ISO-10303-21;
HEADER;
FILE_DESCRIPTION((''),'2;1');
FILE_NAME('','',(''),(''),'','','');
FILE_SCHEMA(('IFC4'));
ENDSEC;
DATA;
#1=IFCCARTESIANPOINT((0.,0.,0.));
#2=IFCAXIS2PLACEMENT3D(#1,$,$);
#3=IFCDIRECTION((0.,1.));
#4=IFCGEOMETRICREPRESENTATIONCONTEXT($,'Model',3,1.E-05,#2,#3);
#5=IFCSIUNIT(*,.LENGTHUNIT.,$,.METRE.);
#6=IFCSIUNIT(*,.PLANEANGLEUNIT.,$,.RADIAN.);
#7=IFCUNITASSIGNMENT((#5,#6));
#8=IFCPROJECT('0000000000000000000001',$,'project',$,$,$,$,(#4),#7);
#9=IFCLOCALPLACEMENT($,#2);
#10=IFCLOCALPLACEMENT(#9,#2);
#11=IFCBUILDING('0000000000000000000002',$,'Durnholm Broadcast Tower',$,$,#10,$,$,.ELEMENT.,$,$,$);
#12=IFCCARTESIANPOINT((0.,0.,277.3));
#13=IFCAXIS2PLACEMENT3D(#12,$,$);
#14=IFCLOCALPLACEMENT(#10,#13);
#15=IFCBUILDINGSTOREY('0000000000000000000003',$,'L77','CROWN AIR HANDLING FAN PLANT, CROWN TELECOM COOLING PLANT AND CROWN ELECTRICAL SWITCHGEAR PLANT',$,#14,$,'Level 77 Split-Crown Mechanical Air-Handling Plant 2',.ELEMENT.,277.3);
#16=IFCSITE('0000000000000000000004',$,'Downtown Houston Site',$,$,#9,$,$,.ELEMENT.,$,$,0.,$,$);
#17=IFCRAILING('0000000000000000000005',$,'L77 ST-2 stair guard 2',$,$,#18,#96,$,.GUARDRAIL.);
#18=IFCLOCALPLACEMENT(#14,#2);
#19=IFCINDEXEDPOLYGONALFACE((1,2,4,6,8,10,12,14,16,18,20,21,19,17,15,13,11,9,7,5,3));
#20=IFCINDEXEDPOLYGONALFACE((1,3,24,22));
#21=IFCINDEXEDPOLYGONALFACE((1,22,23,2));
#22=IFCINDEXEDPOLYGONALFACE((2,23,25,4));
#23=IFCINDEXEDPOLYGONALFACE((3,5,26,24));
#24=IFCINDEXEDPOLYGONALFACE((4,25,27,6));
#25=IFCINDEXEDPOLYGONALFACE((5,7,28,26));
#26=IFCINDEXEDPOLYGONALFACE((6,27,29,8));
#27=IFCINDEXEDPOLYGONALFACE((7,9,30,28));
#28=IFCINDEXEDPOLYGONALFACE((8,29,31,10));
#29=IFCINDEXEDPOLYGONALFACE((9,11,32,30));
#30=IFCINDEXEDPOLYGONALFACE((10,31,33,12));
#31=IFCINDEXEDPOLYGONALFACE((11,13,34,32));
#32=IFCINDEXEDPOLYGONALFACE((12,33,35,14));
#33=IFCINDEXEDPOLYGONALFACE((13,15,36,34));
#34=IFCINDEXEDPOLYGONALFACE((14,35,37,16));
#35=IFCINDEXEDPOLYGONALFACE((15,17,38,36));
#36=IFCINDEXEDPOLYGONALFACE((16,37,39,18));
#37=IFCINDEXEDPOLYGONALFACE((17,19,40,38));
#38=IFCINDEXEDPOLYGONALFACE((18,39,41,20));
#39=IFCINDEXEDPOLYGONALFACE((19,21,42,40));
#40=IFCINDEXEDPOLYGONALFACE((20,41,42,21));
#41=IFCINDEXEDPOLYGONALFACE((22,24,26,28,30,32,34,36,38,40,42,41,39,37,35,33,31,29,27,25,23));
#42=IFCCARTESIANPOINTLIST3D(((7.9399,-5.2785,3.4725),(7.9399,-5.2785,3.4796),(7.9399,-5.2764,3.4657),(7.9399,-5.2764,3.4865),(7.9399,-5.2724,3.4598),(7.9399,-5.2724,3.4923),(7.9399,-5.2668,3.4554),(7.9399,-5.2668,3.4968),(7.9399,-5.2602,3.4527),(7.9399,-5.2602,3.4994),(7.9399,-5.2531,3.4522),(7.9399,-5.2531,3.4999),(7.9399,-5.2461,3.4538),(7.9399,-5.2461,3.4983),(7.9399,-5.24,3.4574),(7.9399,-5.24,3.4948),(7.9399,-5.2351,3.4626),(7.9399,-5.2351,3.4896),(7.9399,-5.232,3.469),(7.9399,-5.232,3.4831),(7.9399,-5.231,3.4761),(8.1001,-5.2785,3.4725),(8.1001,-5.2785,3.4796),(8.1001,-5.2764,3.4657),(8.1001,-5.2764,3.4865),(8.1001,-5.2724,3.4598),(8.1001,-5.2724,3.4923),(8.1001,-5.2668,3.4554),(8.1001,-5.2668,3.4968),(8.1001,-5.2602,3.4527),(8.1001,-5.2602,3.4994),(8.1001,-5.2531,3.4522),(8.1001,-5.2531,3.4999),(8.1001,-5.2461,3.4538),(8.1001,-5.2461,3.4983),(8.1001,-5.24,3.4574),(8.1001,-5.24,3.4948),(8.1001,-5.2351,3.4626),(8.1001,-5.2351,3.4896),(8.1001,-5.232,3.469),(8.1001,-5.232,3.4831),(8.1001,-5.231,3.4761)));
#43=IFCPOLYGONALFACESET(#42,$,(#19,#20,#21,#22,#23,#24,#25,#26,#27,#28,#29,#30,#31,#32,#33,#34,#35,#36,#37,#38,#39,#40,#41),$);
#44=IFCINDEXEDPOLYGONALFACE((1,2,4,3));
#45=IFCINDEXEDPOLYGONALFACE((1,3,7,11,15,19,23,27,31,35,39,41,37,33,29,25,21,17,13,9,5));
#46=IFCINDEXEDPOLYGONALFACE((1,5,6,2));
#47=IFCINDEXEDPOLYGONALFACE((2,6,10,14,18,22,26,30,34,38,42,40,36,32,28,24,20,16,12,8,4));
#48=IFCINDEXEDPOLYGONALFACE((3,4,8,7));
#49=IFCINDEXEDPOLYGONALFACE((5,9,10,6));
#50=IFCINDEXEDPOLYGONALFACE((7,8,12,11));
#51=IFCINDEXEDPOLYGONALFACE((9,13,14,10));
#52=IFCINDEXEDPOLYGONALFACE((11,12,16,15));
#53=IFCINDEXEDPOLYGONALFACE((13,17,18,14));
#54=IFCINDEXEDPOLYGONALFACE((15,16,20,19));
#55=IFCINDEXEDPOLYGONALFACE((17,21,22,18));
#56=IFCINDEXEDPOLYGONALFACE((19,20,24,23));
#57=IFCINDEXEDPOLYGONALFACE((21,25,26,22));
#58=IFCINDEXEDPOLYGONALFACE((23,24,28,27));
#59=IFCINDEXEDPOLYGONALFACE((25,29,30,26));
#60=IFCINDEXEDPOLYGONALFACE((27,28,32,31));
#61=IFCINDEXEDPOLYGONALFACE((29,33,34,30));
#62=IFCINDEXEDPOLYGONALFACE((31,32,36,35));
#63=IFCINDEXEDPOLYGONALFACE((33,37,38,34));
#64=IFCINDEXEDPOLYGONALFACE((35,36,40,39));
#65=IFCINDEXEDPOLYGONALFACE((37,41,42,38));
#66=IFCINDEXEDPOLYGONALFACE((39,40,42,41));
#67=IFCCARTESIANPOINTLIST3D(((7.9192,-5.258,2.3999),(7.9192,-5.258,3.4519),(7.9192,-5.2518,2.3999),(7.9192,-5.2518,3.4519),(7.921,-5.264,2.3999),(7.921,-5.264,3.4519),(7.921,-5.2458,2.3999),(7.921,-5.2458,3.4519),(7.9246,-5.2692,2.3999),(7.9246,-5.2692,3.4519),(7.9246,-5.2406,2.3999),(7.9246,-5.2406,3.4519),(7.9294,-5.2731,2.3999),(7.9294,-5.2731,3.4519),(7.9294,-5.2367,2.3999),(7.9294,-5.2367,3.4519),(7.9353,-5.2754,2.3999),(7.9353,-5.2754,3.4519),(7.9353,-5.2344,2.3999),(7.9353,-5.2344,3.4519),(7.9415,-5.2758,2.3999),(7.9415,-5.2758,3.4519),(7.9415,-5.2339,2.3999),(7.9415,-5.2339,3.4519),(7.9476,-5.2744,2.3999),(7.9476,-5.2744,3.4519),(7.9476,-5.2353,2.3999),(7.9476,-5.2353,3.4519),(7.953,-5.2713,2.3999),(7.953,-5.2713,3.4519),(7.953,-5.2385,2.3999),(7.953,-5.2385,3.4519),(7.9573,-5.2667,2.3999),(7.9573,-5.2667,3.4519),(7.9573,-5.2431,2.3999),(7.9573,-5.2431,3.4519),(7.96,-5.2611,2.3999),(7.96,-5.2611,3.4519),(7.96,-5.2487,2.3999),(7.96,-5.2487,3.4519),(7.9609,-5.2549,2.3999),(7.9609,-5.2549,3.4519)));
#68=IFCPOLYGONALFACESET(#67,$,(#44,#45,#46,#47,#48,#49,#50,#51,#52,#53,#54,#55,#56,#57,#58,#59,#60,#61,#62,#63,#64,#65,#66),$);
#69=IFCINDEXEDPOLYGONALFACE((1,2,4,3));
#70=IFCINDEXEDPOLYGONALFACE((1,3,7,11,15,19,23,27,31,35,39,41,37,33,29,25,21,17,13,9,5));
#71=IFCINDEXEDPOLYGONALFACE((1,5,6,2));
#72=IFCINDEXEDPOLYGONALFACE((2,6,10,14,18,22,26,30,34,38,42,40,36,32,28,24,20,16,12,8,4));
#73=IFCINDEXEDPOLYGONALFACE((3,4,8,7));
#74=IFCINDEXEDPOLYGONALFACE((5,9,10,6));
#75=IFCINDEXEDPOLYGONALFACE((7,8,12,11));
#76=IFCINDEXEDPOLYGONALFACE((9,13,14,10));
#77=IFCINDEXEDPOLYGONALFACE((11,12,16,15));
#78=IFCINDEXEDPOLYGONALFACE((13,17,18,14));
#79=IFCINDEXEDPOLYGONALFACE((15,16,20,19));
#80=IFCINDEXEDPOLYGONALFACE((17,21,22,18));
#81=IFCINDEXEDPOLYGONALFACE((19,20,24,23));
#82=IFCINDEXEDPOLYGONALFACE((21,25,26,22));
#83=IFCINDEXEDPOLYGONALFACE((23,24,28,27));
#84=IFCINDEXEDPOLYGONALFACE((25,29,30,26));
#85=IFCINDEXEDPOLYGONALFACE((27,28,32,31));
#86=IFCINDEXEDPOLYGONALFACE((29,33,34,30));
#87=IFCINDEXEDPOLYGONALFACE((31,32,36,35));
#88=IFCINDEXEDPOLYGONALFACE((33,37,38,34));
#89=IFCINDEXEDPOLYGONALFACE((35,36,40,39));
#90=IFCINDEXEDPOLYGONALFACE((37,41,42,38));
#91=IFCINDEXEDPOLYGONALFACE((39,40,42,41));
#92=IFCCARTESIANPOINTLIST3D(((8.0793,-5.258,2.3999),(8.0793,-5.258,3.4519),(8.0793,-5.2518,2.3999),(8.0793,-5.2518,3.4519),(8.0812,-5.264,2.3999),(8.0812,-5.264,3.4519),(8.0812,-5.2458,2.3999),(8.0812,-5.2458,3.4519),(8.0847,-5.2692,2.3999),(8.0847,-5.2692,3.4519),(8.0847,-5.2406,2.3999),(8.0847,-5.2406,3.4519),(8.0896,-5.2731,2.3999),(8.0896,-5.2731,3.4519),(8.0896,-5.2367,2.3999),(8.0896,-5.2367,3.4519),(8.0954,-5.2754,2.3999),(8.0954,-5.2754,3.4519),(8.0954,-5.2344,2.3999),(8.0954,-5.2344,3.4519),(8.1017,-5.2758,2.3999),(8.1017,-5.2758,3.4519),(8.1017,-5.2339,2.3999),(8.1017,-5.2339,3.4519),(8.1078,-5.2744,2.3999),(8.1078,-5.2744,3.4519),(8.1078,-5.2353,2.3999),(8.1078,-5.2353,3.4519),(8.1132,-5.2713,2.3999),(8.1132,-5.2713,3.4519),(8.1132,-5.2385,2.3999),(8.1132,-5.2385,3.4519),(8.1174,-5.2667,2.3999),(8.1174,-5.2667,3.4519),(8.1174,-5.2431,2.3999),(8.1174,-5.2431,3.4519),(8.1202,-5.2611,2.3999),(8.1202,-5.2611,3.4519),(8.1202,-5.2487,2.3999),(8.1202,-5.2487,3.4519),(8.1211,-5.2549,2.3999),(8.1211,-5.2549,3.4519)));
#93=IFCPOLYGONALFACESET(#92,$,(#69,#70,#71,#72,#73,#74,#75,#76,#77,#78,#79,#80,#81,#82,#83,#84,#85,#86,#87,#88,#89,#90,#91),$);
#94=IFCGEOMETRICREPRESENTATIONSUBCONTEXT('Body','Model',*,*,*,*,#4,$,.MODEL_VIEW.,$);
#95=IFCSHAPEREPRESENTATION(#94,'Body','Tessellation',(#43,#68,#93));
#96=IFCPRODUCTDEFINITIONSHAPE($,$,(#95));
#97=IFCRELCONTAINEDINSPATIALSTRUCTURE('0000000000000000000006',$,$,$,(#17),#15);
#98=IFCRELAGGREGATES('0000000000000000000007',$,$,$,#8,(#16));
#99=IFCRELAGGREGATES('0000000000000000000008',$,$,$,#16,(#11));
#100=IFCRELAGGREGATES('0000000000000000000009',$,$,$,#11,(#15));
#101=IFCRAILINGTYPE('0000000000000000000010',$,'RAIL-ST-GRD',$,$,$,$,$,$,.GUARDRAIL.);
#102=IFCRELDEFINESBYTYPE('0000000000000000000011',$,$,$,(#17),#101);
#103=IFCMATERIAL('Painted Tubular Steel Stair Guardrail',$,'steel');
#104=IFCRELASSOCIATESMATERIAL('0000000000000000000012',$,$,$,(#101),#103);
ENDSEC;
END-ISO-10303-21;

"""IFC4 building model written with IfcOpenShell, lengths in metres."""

from ifc_helpers import new_model, si_unit, direction, frame, origin, origin_2d, place, context, subcontext, project, spatial, circle, extrude, material, type_object, element, save


model = new_model("IFC4")

# Units and contexts
model_context = context("Model", 3, precision=1e-05, world=origin(), true_north=direction((0.0, 1.0)))
body_context = subcontext(model_context, "Body", "Model", "MODEL_VIEW")
ifc_project = project(units=[si_unit("LENGTHUNIT", "METRE"), si_unit("PLANEANGLEUNIT", "RADIAN")], contexts=[model_context])

# Site, building, storey
site_placement = place(None, origin())
site = spatial("IfcSite", under=ifc_project, at=site_placement, Name="Downtown Houston Site", CompositionType="ELEMENT", RefElevation=0.0)
building_placement = place(site_placement, origin())
building = spatial("IfcBuilding", under=site, at=building_placement, Name="Durnholm Broadcast Tower", CompositionType="ELEMENT")
storey_placement = place(building_placement, frame((0.0, 0.0, 277.3)))
storey = spatial("IfcBuildingStorey", under=building, at=storey_placement, Name="L77", Description="CROWN AIR HANDLING FAN PLANT, CROWN TELECOM COOLING PLANT AND CROWN ELECTRICAL SWITCHGEAR PLANT", LongName="Level 77 Split-Crown Mechanical Air-Handling Plant 2", CompositionType="ELEMENT", Elevation=277.3)

# Railing
ifc_material_1 = material(Name="Painted Tubular Steel Stair Guardrail", Category="steel")
railing_type_1 = type_object("IfcRailingType", Name="RAIL-ST-GRD", PredefinedType="GUARDRAIL", material=ifc_material_1)
railing_1_placement = place(storey_placement, frame((7.9399, -5.2549, 2.3999)))
element("IfcRailing", 1, at=railing_1_placement, inside=storey, type_object=railing_type_1, Name="L77 ST-2 stair guard 2", PredefinedType="GUARDRAIL", context=body_context, shape_type="SweptSolid", body=[
    extrude(circle(Radius=0.0239, at=origin_2d()), frame((0.0, 0.0, 1.0762), z_axis=(1.0, 0.0, 0.0), x_axis=(0.0, 1.0, 0.0)), (0.0, 0.0, 1.0), 0.1602),
    extrude(circle(Radius=0.021, at=origin_2d()), origin(), (0.0, 0.0, 1.0), 1.052),
    extrude(circle(Radius=0.021, at=origin_2d()), frame((0.1602, 0.0, 0.0)), (0.0, 0.0, 1.0), 1.052),
])

save(model, "model.ifc")
